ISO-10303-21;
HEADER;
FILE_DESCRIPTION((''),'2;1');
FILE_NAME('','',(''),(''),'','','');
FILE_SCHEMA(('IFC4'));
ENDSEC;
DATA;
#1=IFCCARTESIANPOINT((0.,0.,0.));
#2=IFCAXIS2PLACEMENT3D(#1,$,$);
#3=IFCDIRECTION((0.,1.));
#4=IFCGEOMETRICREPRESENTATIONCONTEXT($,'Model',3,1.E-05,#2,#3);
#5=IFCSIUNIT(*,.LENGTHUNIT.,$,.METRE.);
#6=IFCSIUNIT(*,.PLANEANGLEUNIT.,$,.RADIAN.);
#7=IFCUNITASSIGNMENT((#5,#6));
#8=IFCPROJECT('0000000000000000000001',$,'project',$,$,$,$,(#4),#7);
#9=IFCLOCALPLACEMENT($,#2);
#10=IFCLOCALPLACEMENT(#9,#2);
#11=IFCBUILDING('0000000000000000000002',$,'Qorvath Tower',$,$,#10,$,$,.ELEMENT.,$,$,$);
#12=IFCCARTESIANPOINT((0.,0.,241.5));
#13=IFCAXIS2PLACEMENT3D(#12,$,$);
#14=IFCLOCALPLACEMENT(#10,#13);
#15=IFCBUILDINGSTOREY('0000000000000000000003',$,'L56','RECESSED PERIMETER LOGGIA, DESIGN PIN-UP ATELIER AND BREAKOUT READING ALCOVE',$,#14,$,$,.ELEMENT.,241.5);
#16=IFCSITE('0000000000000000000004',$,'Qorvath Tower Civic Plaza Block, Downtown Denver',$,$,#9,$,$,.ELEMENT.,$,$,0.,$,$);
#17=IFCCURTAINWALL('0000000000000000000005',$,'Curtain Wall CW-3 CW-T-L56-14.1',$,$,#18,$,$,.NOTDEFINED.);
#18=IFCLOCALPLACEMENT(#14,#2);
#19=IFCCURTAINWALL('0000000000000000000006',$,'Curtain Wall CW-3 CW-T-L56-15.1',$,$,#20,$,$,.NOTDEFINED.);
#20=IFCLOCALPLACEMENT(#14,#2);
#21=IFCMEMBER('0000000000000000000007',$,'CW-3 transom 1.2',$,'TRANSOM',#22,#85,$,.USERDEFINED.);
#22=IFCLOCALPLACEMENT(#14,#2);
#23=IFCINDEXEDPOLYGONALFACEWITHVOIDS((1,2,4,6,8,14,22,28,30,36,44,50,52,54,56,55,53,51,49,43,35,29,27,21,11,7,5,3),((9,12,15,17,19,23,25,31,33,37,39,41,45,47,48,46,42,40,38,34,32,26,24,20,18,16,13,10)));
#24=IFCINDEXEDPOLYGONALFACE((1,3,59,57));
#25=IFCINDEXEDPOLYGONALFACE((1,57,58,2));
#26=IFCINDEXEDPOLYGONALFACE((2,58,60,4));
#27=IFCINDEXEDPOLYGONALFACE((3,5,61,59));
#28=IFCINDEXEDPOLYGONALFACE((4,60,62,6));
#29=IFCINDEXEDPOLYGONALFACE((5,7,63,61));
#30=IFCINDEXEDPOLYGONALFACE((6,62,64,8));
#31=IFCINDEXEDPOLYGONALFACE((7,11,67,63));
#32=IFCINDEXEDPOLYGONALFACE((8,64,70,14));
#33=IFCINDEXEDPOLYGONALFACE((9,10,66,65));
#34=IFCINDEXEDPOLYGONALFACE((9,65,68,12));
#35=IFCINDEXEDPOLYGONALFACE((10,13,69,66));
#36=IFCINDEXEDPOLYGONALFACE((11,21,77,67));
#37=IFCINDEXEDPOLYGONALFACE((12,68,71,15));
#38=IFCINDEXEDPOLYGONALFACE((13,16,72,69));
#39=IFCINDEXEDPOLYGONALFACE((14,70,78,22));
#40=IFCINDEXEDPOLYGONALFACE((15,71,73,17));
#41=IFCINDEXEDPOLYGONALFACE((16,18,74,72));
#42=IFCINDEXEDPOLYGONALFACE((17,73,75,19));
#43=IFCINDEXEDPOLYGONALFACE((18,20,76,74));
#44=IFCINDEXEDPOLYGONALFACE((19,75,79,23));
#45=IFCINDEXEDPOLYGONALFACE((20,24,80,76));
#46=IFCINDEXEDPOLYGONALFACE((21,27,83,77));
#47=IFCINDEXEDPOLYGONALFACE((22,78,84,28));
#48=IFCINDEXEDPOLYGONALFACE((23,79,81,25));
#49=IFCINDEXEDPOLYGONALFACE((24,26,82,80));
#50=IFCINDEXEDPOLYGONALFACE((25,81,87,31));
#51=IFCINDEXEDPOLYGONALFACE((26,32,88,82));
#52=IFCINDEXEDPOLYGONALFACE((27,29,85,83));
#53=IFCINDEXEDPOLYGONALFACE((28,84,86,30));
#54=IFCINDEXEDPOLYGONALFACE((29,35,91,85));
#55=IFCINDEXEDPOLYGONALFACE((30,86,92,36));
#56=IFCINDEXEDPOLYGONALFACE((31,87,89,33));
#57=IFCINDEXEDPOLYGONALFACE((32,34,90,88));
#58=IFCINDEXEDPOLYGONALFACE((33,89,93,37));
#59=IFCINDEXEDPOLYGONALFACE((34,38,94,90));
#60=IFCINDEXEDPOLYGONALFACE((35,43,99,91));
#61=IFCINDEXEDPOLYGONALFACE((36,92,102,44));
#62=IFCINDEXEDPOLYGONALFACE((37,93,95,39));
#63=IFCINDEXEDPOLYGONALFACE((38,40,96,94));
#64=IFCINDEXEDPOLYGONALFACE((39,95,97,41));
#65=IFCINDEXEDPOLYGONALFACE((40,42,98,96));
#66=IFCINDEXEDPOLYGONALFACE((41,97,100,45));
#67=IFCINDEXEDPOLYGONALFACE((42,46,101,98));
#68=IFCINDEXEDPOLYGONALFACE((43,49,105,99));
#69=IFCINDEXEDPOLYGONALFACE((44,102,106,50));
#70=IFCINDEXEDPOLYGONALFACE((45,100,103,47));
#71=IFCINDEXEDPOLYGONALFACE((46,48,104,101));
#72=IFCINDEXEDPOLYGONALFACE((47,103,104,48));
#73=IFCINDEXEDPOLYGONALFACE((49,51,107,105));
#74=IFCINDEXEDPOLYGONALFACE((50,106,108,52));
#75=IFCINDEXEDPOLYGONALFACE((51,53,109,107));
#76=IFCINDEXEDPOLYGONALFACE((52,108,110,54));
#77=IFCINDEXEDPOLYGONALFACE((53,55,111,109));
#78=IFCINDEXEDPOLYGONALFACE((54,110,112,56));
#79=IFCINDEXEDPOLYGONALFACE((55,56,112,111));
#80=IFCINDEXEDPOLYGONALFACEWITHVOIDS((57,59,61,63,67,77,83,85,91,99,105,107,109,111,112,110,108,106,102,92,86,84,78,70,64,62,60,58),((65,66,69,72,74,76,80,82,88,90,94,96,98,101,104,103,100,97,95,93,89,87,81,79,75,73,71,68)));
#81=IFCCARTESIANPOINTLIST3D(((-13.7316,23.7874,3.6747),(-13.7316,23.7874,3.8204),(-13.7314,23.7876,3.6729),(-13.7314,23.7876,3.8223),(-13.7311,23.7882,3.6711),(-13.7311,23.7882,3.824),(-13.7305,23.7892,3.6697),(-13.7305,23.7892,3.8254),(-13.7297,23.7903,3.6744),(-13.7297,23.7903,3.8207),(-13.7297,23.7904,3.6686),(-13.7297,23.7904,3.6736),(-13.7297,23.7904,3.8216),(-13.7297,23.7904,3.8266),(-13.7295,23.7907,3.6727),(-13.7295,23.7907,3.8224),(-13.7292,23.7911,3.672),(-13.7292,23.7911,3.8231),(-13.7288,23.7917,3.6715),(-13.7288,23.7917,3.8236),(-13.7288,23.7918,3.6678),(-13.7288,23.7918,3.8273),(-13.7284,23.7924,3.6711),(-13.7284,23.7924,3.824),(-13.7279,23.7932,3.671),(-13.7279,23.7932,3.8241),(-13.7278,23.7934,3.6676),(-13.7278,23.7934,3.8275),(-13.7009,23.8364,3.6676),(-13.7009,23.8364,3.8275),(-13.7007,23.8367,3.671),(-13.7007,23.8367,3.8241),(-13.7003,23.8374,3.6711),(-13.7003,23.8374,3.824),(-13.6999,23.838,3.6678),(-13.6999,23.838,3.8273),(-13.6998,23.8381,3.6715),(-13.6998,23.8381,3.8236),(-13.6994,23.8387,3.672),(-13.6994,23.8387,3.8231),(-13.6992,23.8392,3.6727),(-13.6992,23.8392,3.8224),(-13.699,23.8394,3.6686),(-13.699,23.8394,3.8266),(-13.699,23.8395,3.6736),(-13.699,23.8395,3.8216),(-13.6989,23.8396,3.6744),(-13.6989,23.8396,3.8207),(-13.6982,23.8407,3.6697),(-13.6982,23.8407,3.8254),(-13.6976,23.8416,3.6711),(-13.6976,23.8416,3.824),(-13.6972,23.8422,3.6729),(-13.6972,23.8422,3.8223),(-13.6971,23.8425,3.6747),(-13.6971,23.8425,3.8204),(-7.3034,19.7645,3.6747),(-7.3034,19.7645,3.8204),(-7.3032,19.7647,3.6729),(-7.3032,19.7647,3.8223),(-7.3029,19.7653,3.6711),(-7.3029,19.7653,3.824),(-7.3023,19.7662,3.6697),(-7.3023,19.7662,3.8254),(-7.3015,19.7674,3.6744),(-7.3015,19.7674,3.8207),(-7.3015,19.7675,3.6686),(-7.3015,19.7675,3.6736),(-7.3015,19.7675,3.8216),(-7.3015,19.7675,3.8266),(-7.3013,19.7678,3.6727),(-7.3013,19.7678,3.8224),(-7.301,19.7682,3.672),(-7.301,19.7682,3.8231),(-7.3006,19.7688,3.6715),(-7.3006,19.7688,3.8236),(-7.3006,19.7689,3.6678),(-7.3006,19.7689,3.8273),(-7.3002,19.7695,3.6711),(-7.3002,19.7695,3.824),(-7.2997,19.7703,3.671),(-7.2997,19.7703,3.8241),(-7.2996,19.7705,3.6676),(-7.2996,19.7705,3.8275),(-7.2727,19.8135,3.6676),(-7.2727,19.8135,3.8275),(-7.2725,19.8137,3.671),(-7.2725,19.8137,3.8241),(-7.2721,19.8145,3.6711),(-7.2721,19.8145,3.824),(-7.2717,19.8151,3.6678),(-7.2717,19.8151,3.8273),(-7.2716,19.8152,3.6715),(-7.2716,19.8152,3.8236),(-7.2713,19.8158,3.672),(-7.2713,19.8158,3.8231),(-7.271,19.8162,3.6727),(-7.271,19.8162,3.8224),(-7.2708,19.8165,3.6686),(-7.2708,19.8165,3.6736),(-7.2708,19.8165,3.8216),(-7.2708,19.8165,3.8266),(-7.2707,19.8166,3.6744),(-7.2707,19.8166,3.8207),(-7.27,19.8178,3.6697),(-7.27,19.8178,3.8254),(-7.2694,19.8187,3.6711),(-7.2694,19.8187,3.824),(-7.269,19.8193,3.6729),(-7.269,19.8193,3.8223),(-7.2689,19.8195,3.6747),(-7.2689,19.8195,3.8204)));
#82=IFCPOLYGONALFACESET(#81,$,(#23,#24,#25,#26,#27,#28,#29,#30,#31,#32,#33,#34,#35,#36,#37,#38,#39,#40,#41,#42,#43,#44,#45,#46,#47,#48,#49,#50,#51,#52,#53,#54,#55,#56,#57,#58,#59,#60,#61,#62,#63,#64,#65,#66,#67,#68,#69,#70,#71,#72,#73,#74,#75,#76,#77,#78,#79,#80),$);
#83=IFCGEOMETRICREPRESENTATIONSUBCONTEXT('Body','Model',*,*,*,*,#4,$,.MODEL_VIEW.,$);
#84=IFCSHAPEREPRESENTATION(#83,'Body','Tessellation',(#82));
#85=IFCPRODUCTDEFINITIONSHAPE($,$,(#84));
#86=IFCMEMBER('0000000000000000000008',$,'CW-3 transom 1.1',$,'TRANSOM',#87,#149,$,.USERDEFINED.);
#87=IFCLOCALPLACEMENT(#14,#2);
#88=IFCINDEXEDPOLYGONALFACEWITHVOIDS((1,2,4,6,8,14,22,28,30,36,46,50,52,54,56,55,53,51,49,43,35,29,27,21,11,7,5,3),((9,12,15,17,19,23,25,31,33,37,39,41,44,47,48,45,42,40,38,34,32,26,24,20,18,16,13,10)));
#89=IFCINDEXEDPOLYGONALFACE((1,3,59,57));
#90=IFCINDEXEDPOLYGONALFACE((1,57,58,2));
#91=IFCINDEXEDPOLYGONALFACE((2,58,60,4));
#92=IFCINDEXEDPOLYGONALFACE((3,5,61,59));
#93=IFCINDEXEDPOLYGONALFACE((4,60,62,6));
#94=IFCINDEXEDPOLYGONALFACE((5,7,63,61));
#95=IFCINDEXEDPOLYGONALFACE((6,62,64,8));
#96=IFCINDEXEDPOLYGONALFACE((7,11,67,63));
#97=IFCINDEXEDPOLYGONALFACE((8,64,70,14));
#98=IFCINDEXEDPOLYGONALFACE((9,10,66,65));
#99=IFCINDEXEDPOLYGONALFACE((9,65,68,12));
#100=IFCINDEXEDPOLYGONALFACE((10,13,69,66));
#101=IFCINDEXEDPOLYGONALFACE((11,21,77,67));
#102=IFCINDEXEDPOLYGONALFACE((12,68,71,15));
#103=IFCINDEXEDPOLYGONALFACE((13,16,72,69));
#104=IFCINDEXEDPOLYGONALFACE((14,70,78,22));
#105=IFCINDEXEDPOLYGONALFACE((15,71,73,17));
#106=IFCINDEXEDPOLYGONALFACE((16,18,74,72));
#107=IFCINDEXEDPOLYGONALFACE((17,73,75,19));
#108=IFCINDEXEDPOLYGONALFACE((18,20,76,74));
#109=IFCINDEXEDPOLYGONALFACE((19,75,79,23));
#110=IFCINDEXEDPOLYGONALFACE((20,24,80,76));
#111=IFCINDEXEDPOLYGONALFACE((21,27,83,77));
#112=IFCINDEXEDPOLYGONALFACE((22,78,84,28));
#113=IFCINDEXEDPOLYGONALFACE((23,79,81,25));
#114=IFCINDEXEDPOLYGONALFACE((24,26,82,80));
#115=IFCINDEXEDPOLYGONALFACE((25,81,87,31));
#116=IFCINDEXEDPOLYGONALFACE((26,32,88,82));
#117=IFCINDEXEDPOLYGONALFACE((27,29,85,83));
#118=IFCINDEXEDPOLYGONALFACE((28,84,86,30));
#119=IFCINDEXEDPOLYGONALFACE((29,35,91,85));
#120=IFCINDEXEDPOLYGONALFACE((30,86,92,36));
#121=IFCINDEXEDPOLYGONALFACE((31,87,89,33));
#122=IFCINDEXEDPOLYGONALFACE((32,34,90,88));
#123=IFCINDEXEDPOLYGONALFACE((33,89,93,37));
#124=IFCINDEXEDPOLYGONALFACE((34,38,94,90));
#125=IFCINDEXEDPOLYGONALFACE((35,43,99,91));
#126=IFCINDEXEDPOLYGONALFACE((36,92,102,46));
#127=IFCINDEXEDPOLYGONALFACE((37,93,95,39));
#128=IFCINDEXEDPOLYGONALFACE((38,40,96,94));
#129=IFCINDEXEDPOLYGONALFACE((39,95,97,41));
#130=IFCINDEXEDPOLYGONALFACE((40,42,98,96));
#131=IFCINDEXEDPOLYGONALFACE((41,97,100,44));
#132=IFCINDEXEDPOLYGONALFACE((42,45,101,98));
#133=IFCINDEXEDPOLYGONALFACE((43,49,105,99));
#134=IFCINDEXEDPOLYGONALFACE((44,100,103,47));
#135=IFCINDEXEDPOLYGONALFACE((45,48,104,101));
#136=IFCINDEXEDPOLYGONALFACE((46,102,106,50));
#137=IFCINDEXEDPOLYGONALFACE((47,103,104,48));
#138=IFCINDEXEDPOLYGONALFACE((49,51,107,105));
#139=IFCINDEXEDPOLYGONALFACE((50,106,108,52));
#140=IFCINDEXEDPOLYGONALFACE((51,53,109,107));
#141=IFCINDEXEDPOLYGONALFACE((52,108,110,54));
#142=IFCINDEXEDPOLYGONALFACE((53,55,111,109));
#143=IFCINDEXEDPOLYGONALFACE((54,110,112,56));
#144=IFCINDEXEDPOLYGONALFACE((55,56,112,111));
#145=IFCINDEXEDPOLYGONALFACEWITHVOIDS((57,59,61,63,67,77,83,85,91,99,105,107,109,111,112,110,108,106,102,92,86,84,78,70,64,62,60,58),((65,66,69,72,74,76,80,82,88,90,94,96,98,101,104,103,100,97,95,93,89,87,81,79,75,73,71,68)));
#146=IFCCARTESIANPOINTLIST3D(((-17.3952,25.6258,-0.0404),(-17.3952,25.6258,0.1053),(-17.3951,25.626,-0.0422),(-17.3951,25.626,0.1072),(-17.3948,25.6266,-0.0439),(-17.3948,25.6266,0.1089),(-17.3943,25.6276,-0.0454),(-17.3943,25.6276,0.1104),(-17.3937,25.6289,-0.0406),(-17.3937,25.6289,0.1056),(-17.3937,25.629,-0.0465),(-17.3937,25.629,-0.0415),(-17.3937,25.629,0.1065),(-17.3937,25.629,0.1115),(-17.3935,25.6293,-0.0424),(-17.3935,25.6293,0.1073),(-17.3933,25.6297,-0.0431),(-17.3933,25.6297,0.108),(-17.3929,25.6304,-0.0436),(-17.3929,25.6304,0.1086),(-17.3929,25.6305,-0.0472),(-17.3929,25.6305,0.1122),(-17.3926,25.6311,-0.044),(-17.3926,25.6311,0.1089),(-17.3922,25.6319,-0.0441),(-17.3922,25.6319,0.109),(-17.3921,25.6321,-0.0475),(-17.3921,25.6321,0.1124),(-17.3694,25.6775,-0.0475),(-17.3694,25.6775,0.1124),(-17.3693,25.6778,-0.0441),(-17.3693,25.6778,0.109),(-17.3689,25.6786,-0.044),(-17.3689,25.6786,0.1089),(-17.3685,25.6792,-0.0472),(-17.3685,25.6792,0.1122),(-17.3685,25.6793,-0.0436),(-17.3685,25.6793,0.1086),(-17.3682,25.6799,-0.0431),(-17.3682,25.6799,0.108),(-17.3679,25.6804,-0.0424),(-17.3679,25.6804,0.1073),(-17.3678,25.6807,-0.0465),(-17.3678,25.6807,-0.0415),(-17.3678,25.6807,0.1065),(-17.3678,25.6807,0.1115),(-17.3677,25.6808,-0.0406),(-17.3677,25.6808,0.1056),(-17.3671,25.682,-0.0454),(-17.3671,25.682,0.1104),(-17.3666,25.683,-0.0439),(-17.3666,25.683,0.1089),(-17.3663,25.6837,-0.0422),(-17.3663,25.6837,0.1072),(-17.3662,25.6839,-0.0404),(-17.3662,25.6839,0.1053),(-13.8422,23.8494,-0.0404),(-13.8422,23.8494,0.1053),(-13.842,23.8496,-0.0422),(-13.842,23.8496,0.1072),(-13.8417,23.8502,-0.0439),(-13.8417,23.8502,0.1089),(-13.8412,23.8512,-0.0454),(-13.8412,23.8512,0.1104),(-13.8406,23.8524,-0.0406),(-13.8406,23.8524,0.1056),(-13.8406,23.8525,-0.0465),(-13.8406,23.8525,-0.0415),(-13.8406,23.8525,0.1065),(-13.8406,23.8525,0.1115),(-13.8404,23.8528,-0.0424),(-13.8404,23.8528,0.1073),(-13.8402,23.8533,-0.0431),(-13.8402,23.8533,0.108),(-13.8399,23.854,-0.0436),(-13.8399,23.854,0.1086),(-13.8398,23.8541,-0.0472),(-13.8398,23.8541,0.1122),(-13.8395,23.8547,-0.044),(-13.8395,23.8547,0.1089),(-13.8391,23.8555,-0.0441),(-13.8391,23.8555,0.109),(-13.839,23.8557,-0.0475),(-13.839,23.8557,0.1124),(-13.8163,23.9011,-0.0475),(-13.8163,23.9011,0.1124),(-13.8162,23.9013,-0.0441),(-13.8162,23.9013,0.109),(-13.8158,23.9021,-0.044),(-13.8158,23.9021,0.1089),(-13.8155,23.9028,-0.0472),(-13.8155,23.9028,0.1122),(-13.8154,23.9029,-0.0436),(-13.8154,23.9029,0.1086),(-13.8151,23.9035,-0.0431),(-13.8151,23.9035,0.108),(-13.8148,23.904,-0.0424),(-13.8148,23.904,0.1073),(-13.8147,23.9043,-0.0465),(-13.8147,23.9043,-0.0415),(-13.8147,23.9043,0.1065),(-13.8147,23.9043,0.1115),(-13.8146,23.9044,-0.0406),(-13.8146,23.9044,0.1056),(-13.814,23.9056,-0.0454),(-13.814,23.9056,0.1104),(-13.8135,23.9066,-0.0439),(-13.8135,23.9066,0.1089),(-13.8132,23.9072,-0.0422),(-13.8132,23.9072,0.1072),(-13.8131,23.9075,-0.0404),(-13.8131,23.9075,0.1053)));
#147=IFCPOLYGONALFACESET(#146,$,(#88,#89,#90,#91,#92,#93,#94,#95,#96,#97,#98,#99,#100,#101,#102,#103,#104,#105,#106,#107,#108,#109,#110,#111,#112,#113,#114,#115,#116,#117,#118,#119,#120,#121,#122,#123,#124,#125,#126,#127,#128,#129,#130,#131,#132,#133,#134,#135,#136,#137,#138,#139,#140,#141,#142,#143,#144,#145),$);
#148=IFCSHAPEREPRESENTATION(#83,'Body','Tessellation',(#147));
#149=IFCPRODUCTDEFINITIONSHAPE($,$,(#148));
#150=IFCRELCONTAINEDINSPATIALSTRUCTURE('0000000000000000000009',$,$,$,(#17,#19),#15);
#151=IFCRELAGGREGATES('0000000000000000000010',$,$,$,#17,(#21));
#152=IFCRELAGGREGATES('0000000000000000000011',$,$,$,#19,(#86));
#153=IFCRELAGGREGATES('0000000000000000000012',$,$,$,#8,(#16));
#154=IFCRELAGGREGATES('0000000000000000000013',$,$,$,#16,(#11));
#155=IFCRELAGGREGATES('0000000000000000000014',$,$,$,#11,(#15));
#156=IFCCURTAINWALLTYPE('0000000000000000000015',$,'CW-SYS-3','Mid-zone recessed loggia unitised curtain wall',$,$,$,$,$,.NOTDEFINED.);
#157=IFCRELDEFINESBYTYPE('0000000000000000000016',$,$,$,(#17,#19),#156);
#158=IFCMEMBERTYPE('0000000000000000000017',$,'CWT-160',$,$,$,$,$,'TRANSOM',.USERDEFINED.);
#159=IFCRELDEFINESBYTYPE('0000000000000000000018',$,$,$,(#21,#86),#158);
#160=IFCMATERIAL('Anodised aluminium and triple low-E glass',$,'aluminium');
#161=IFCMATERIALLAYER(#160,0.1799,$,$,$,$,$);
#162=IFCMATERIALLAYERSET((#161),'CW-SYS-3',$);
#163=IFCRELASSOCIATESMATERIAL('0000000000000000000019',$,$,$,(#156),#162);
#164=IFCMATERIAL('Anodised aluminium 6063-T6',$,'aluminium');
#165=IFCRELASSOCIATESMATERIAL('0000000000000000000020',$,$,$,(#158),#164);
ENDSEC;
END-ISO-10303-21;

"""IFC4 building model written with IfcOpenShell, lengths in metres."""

from ifc_helpers import new_model, si_unit, direction, frame, origin, origin_2d, place, context, subcontext, project, spatial, hollow_rectangle, extrude, material, layer, layer_set, material_profile, profile_set, type_object, element, aggregate, save


model = new_model("IFC4")

# Units and contexts
model_context = context("Model", 3, precision=1e-05, world=origin(), true_north=direction((0.0, 1.0)))
body_context = subcontext(model_context, "Body", "Model", "MODEL_VIEW")
ifc_project = project(units=[si_unit("LENGTHUNIT", "METRE"), si_unit("PLANEANGLEUNIT", "RADIAN")], contexts=[model_context])

# Site, building, storey
site_placement = place(None, origin())
site = spatial("IfcSite", under=ifc_project, at=site_placement, Name="Qorvath Tower Civic Plaza Block, Downtown Denver", CompositionType="ELEMENT", RefElevation=0.0)
building_placement = place(site_placement, origin())
building = spatial("IfcBuilding", under=site, at=building_placement, Name="Qorvath Tower", CompositionType="ELEMENT")
storey_placement = place(building_placement, frame((0.0, 0.0, 241.5)))
storey = spatial("IfcBuildingStorey", under=building, at=storey_placement, Name="L56", Description="RECESSED PERIMETER LOGGIA, DESIGN PIN-UP ATELIER AND BREAKOUT READING ALCOVE", CompositionType="ELEMENT", Elevation=241.5)

# Shared definitions
ifc_material_1 = material(Name="Anodised aluminium and triple low-E glass", Category="aluminium")
ifc_layer_1 = layer(ifc_material_1, 0.1799)
ifc_layer_set_1 = layer_set([ifc_layer_1], Name="CW-SYS-3")
curtain_wall_type = type_object("IfcCurtainWallType", Name="CW-SYS-3", Description="Mid-zone recessed loggia unitised curtain wall", PredefinedType="NOTDEFINED", material=ifc_layer_set_1)

# Curtain walls
curtain_wall_1_placement = place(storey_placement, origin())
curtain_wall_1 = element("IfcCurtainWall", 1, at=curtain_wall_1_placement, inside=storey, type_object=curtain_wall_type, Name="Curtain Wall CW-3 CW-T-L56-14.1", PredefinedType="NOTDEFINED")
curtain_wall_2_placement = place(storey_placement, origin())
curtain_wall_2 = element("IfcCurtainWall", 2, at=curtain_wall_2_placement, inside=storey, type_object=curtain_wall_type, Name="Curtain Wall CW-3 CW-T-L56-15.1", PredefinedType="NOTDEFINED")

# Members
ifc_material_2 = material(Name="Anodised aluminium 6063-T6", Category="aluminium")
ifc_material_profile_1 = material_profile(ifc_material_2, hollow_rectangle(XDim=0.0649, YDim=0.1599, WallThickness=0.0034, InnerFilletRadius=0.0034, OuterFilletRadius=0.0071, at=origin_2d()), Name="CWT 160x65")
ifc_profile_set_1 = profile_set([ifc_material_profile_1], Name="Anodised aluminium 6063-T6")
member_type_1 = type_object("IfcMemberType", Name="CWT-160", ElementType="TRANSOM", PredefinedType="USERDEFINED", material=ifc_profile_set_1)
member_1_placement = place(storey_placement, frame((-7.2861, 19.792, 3.7476), z_axis=(-0.847683, 0.530502, 0.0), x_axis=(-0.530502, -0.847683, 0.0)))
member_1 = element("IfcMember", 3, at=member_1_placement, type_object=member_type_1, Name="CW-3 transom 1.2", ObjectType="TRANSOM", PredefinedType="USERDEFINED", context=body_context, shape_type="SweptSolid", body=[
    extrude(hollow_rectangle(XDim=0.0649, YDim=0.1599, WallThickness=0.0034, InnerFilletRadius=0.0034, OuterFilletRadius=0.0071, at=origin_2d()), origin(), (0.0, 0.0, 1.0), 7.5833),
])
member_2_placement = place(storey_placement, frame((-13.8276, 23.8784, 0.0325), z_axis=(-0.894439, 0.447189, 0.0), x_axis=(-0.447189, -0.894439, 0.0)))
member_2 = element("IfcMember", 4, at=member_2_placement, type_object=member_type_1, Name="CW-3 transom 1.1", ObjectType="TRANSOM", PredefinedType="USERDEFINED", context=body_context, shape_type="SweptSolid", body=[
    extrude(hollow_rectangle(XDim=0.0649, YDim=0.1599, WallThickness=0.0034, InnerFilletRadius=0.0034, OuterFilletRadius=0.0071, at=origin_2d()), origin(), (0.0, 0.0, 1.0), 3.9724),
])

aggregate(curtain_wall_1, [member_1])
aggregate(curtain_wall_2, [member_2])

save(model, "model.ifc")
